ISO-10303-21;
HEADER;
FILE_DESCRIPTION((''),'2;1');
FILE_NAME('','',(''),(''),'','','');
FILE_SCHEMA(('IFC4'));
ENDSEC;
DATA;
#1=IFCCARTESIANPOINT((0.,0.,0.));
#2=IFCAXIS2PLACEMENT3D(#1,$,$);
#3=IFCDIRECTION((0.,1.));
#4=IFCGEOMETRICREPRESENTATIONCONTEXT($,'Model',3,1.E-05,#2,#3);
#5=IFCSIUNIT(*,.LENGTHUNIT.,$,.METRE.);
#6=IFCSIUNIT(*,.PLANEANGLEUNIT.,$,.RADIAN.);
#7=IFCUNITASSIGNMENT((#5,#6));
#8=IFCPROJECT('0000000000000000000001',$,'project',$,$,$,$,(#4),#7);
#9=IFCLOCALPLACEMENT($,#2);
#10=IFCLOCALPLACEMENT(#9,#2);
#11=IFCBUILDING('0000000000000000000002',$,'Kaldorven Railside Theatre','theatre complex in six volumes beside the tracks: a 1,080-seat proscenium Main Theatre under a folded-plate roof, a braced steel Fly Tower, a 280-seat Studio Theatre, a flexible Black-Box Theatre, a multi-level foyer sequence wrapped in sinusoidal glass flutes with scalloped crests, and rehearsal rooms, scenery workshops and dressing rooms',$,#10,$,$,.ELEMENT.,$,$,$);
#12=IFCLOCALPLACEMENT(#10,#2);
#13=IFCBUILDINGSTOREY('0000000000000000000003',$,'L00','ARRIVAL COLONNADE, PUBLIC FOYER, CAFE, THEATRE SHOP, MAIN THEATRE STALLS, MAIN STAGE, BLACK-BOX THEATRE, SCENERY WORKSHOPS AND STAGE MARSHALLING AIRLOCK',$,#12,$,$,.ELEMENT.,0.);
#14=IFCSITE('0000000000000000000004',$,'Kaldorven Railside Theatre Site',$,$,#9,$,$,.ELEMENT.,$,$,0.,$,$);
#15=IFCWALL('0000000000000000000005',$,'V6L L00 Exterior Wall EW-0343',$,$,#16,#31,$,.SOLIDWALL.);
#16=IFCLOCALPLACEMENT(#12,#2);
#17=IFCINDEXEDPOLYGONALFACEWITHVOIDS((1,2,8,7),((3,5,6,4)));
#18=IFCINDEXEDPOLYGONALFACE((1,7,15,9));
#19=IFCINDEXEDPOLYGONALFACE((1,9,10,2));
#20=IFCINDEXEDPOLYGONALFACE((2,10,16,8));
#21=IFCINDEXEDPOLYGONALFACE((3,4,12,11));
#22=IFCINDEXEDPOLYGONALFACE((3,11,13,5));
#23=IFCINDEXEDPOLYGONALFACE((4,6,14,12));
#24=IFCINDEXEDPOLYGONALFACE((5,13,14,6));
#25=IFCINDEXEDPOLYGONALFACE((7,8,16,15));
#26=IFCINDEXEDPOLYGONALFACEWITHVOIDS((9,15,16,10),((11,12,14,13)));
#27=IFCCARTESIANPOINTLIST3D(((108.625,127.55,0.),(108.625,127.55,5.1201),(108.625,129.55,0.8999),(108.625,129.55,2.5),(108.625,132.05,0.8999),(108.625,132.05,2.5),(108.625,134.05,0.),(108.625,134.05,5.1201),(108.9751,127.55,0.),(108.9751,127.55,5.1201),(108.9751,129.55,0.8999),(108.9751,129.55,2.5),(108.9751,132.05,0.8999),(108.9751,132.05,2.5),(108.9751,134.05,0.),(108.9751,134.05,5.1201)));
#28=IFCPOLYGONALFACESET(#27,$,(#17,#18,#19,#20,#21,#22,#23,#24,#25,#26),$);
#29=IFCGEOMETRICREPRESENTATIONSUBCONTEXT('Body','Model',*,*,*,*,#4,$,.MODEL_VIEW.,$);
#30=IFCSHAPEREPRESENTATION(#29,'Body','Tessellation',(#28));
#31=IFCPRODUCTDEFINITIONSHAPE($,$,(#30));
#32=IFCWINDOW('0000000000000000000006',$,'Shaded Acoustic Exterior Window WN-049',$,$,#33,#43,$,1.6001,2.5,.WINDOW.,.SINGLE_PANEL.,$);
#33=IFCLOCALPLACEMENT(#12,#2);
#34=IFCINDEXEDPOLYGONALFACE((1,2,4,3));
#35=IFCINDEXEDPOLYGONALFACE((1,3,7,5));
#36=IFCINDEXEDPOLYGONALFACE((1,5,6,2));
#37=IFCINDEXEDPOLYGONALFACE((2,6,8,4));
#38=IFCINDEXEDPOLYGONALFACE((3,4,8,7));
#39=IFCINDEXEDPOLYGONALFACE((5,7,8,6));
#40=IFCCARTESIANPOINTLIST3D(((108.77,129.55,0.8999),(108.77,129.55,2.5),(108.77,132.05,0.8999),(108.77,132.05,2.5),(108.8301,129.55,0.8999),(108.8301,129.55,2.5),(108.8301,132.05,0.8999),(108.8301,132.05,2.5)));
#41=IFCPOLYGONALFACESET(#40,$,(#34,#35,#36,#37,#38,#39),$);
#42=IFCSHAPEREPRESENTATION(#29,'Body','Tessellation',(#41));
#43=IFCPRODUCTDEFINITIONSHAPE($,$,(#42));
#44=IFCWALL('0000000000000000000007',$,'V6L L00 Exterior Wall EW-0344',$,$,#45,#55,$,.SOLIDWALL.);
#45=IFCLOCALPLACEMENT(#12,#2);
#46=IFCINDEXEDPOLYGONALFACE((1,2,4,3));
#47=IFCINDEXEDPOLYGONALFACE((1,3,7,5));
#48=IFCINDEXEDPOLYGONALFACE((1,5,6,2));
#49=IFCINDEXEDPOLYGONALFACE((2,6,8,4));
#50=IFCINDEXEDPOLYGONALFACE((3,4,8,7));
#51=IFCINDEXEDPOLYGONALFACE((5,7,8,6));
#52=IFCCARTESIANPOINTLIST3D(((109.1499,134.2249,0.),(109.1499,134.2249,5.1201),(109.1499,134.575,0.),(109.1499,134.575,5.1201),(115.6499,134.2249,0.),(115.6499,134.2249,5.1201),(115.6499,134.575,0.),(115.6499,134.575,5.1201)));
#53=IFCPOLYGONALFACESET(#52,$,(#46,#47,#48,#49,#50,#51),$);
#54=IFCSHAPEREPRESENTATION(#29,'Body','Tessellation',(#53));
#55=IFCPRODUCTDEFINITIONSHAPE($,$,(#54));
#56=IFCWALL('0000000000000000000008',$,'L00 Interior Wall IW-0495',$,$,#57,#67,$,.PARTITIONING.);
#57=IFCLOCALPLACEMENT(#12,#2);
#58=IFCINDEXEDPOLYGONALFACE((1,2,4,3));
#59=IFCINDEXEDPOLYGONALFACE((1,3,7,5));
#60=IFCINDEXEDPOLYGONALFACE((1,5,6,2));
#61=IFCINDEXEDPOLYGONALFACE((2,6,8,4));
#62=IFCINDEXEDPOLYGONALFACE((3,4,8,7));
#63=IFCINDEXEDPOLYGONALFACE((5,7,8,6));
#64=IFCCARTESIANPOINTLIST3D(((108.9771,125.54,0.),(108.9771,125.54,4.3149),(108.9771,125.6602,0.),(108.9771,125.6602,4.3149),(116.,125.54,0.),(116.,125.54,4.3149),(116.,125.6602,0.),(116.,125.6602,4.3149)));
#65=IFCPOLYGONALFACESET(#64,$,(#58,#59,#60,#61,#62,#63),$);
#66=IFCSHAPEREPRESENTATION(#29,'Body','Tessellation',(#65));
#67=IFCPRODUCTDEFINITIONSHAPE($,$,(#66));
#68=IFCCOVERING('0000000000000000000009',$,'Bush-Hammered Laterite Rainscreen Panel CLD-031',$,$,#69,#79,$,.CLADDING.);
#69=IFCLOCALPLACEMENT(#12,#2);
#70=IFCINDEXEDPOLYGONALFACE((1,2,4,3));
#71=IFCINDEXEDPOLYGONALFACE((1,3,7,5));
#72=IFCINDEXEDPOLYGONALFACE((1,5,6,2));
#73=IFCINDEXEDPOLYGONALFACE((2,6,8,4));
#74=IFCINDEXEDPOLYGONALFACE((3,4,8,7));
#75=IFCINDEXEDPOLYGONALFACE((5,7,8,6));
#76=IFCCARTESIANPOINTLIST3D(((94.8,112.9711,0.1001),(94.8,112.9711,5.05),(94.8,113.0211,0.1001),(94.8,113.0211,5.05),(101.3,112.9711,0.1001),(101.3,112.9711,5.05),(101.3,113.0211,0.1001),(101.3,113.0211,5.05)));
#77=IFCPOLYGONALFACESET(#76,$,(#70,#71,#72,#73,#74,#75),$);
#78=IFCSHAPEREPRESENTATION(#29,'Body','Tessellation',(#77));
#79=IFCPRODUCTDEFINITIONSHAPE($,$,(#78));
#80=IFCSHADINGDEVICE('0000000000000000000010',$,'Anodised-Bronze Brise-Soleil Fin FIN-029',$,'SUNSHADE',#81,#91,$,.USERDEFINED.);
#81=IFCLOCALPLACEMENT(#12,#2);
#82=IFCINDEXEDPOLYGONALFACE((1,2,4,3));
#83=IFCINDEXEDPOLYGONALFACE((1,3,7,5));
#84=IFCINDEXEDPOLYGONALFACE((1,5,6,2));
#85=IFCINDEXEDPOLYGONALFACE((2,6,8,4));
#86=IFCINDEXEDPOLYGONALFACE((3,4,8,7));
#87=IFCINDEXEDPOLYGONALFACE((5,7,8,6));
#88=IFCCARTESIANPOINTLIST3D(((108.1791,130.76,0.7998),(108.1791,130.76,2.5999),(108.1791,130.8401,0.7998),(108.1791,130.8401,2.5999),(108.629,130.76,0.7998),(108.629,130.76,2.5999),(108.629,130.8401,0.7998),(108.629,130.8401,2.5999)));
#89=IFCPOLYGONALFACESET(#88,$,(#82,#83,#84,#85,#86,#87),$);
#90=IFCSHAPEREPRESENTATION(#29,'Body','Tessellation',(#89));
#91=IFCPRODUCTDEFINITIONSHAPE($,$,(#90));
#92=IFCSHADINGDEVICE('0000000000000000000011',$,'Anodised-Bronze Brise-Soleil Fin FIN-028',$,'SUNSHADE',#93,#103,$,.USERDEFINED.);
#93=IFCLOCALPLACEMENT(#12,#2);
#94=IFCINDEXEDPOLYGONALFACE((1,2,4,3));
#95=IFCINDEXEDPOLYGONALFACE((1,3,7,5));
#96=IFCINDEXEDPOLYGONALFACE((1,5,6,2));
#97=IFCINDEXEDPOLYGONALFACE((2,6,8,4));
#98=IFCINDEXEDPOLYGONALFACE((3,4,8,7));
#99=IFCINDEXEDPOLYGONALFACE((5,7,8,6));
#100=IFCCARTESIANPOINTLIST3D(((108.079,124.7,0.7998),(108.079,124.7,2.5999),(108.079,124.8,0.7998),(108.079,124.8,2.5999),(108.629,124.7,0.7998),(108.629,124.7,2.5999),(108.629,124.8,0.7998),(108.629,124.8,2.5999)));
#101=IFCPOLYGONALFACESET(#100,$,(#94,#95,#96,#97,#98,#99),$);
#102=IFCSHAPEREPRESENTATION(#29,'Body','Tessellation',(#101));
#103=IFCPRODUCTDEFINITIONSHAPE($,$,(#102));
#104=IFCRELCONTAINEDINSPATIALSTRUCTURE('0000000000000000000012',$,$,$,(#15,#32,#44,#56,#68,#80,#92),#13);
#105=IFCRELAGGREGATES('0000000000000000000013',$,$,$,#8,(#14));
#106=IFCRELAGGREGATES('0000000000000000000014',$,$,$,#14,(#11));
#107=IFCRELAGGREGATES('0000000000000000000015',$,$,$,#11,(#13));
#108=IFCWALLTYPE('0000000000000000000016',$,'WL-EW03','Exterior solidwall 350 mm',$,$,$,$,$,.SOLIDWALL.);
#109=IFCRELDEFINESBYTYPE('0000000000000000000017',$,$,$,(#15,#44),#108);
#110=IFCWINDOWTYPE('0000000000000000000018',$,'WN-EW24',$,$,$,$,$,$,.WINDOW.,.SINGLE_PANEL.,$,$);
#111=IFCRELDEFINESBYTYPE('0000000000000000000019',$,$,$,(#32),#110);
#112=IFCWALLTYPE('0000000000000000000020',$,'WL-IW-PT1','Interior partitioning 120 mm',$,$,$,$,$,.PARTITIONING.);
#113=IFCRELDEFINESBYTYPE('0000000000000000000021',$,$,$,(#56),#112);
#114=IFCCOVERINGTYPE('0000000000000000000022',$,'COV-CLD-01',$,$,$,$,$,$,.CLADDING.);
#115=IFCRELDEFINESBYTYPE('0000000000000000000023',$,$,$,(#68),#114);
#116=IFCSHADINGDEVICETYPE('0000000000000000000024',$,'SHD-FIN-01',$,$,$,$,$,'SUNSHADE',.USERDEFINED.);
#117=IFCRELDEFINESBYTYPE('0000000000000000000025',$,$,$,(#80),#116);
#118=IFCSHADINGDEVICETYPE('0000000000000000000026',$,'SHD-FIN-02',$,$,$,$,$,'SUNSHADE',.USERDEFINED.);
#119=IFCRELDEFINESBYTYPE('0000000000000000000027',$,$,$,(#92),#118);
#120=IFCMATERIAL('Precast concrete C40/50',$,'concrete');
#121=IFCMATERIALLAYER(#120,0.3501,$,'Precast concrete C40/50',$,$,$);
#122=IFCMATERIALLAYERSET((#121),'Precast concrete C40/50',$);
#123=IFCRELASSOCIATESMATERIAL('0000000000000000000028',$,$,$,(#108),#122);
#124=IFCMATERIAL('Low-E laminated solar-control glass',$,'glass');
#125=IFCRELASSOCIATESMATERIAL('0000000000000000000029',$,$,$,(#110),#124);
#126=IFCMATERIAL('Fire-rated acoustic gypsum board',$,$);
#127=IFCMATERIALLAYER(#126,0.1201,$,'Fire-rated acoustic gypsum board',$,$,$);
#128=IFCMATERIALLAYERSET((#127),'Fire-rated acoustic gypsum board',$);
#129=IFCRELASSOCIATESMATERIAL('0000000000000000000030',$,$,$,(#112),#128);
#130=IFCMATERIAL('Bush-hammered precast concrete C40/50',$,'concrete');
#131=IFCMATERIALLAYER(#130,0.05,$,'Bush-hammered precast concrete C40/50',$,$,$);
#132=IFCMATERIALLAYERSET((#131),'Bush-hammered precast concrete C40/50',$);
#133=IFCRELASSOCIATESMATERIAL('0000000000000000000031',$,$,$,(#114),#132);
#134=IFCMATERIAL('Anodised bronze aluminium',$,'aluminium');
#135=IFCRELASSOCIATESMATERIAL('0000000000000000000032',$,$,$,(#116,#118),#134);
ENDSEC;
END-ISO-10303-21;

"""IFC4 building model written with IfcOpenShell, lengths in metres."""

from ifc_helpers import new_model, si_unit, direction, frame, frame_2d, origin, origin_2d, place, context, subcontext, project, spatial, rectangle, extrude, material, layer, layer_set, type_object, element, fill, save


model = new_model("IFC4")

# Units and contexts
model_context = context("Model", 3, precision=1e-05, world=origin(), true_north=direction((0.0, 1.0)))
body_context = subcontext(model_context, "Body", "Model", "MODEL_VIEW")
ifc_project = project(units=[si_unit("LENGTHUNIT", "METRE"), si_unit("PLANEANGLEUNIT", "RADIAN")], contexts=[model_context])

# Site, building, storey
site_placement = place(None, origin())
site = spatial("IfcSite", under=ifc_project, at=site_placement, Name="Kaldorven Railside Theatre Site", CompositionType="ELEMENT", RefElevation=0.0)
building_placement = place(site_placement, origin())
building = spatial("IfcBuilding", under=site, at=building_placement, Name="Kaldorven Railside Theatre", Description="theatre complex in six volumes beside the tracks: a 1,080-seat proscenium Main Theatre under a folded-plate roof, a braced steel Fly Tower, a 280-seat Studio Theatre, a flexible Black-Box Theatre, a multi-level foyer sequence wrapped in sinusoidal glass flutes with scalloped crests, and rehearsal rooms, scenery workshops and dressing rooms", CompositionType="ELEMENT")
storey_placement = place(building_placement, origin())
storey = spatial("IfcBuildingStorey", under=building, at=storey_placement, Name="L00", Description="ARRIVAL COLONNADE, PUBLIC FOYER, CAFE, THEATRE SHOP, MAIN THEATRE STALLS, MAIN STAGE, BLACK-BOX THEATRE, SCENERY WORKSHOPS AND STAGE MARSHALLING AIRLOCK", CompositionType="ELEMENT", Elevation=0.0)

# Shared definitions
ifc_material_1 = material(Name="Precast concrete C40/50", Category="concrete")
ifc_layer_1 = layer(ifc_material_1, 0.3501, Name="Precast concrete C40/50")
ifc_layer_set_1 = layer_set([ifc_layer_1], Name="Precast concrete C40/50")
wall_type_1 = type_object("IfcWallType", Name="WL-EW03", Description="Exterior solidwall 350 mm", PredefinedType="SOLIDWALL", material=ifc_layer_set_1)

# Wall, opening, window
ifc_material_2 = material(Name="Low-E laminated solar-control glass", Category="glass")
wall_1_placement = place(storey_placement, frame((108.8, 127.55, 0.0), z_axis=(0.0, 0.0, 1.0), x_axis=(0.0, 1.0, 0.0)))
wall_1 = element("IfcWall", 1, at=wall_1_placement, inside=storey, type_object=wall_type_1, Name="V6L L00 Exterior Wall EW-0343", PredefinedType="SOLIDWALL", context=body_context, shape_type="SweptSolid", body=[
    extrude(rectangle(XDim=6.5, YDim=0.3501, at=frame_2d((3.25, 0.0))), origin(), (0.0, 0.0, 1.0), 5.1201),
])
opening_1_placement = place(wall_1_placement, frame((2.0, 0.0, 0.8999)))
opening_1 = element("IfcOpeningElement", 2, at=opening_1_placement, cuts=wall_1, PredefinedType="OPENING", context=body_context, shape_type="SweptSolid", body=[
    extrude(rectangle(XDim=2.5, YDim=1.6001, at=frame_2d((1.25, 0.8))), frame((0.0, 0.1851, 0.0), z_axis=(0.0, -1.0, 0.0), x_axis=(1.0, 0.0, 0.0)), (0.0, 0.0, 1.0), 0.3701),
])
window_type_1 = type_object("IfcWindowType", Name="WN-EW24", PartitioningType="SINGLE_PANEL", PredefinedType="WINDOW", material=ifc_material_2)
window_1_placement = place(opening_1_placement, origin())
window_1 = element("IfcWindow", 3, at=window_1_placement, inside=storey, type_object=window_type_1, Name="Shaded Acoustic Exterior Window WN-049", OverallHeight=1.6001, OverallWidth=2.5, PartitioningType="SINGLE_PANEL", PredefinedType="WINDOW", context=body_context, shape_type="SweptSolid", body=[
    extrude(rectangle(XDim=2.5, YDim=1.6001, at=frame_2d((1.25, 0.8))), frame((0.0, 0.03, 0.0), z_axis=(0.0, -1.0, 0.0), x_axis=(1.0, 0.0, 0.0)), (0.0, 0.0, 1.0), 0.0601),
])
fill(opening_1, window_1)

# Walls
wall_2_placement = place(storey_placement, frame((109.1499, 134.3999, 0.0), z_axis=(0.0, 0.0, 1.0), x_axis=(1.0, 0.0, 0.0)))
element("IfcWall", 4, at=wall_2_placement, inside=storey, type_object=wall_type_1, Name="V6L L00 Exterior Wall EW-0344", PredefinedType="SOLIDWALL", context=body_context, shape_type="SweptSolid", body=[
    extrude(rectangle(XDim=6.5, YDim=0.3501, at=frame_2d((3.25, 0.0))), origin(), (0.0, 0.0, 1.0), 5.1201),
])
ifc_material_3 = material(Name="Fire-rated acoustic gypsum board")
ifc_layer_2 = layer(ifc_material_3, 0.1201, Name="Fire-rated acoustic gypsum board")
ifc_layer_set_2 = layer_set([ifc_layer_2], Name="Fire-rated acoustic gypsum board")
wall_type_2 = type_object("IfcWallType", Name="WL-IW-PT1", Description="Interior partitioning 120 mm", PredefinedType="PARTITIONING", material=ifc_layer_set_2)
wall_3_placement = place(storey_placement, frame((108.9771, 125.6001, 0.0), z_axis=(0.0, 0.0, 1.0), x_axis=(1.0, 0.0, 0.0)))
element("IfcWall", 5, at=wall_3_placement, inside=storey, type_object=wall_type_2, Name="L00 Interior Wall IW-0495", PredefinedType="PARTITIONING", context=body_context, shape_type="SweptSolid", body=[
    extrude(rectangle(XDim=7.0229, YDim=0.1201, at=frame_2d((3.5115, 0.0))), origin(), (0.0, 0.0, 1.0), 4.3149),
])

# Covering
ifc_material_4 = material(Name="Bush-hammered precast concrete C40/50", Category="concrete")
ifc_layer_3 = layer(ifc_material_4, 0.05, Name="Bush-hammered precast concrete C40/50")
ifc_layer_set_3 = layer_set([ifc_layer_3], Name="Bush-hammered precast concrete C40/50")
covering_type = type_object("IfcCoveringType", Name="COV-CLD-01", PredefinedType="CLADDING", material=ifc_layer_set_3)
covering_placement = place(storey_placement, frame((98.05, 112.9961, 0.1001), z_axis=(0.0, 0.0, 1.0), x_axis=(1.0, 0.0, 0.0)))
element("IfcCovering", 6, at=covering_placement, inside=storey, type_object=covering_type, Name="Bush-Hammered Laterite Rainscreen Panel CLD-031", PredefinedType="CLADDING", context=body_context, shape_type="SweptSolid", body=[
    extrude(rectangle(XDim=6.5, YDim=0.05, at=origin_2d()), origin(), (0.0, 0.0, 1.0), 4.95),
])

# Shading devices
ifc_material_5 = material(Name="Anodised bronze aluminium", Category="aluminium")
shading_device_type_1 = type_object("IfcShadingDeviceType", Name="SHD-FIN-01", ElementType="SUNSHADE", PredefinedType="USERDEFINED", material=ifc_material_5)
shading_device_1_placement = place(storey_placement, frame((108.4041, 130.8, 0.7998), z_axis=(0.0, 0.0, 1.0), x_axis=(0.0, 1.0, 0.0)))
element("IfcShadingDevice", 7, at=shading_device_1_placement, inside=storey, type_object=shading_device_type_1, Name="Anodised-Bronze Brise-Soleil Fin FIN-029", ObjectType="SUNSHADE", PredefinedType="USERDEFINED", context=body_context, shape_type="SweptSolid", body=[
    extrude(rectangle(XDim=0.0801, YDim=0.45, at=origin_2d()), origin(), (0.0, 0.0, 1.0), 1.8),
])
shading_device_type_2 = type_object("IfcShadingDeviceType", Name="SHD-FIN-02", ElementType="SUNSHADE", PredefinedType="USERDEFINED", material=ifc_material_5)
shading_device_2_placement = place(storey_placement, frame((108.354, 124.75, 0.7998), z_axis=(0.0, 0.0, 1.0), x_axis=(0.0, 1.0, 0.0)))
element("IfcShadingDevice", 8, at=shading_device_2_placement, inside=storey, type_object=shading_device_type_2, Name="Anodised-Bronze Brise-Soleil Fin FIN-028", ObjectType="SUNSHADE", PredefinedType="USERDEFINED", context=body_context, shape_type="SweptSolid", body=[
    extrude(rectangle(XDim=0.1001, YDim=0.55, at=origin_2d()), origin(), (0.0, 0.0, 1.0), 1.8),
])

save(model, "model.ifc")
